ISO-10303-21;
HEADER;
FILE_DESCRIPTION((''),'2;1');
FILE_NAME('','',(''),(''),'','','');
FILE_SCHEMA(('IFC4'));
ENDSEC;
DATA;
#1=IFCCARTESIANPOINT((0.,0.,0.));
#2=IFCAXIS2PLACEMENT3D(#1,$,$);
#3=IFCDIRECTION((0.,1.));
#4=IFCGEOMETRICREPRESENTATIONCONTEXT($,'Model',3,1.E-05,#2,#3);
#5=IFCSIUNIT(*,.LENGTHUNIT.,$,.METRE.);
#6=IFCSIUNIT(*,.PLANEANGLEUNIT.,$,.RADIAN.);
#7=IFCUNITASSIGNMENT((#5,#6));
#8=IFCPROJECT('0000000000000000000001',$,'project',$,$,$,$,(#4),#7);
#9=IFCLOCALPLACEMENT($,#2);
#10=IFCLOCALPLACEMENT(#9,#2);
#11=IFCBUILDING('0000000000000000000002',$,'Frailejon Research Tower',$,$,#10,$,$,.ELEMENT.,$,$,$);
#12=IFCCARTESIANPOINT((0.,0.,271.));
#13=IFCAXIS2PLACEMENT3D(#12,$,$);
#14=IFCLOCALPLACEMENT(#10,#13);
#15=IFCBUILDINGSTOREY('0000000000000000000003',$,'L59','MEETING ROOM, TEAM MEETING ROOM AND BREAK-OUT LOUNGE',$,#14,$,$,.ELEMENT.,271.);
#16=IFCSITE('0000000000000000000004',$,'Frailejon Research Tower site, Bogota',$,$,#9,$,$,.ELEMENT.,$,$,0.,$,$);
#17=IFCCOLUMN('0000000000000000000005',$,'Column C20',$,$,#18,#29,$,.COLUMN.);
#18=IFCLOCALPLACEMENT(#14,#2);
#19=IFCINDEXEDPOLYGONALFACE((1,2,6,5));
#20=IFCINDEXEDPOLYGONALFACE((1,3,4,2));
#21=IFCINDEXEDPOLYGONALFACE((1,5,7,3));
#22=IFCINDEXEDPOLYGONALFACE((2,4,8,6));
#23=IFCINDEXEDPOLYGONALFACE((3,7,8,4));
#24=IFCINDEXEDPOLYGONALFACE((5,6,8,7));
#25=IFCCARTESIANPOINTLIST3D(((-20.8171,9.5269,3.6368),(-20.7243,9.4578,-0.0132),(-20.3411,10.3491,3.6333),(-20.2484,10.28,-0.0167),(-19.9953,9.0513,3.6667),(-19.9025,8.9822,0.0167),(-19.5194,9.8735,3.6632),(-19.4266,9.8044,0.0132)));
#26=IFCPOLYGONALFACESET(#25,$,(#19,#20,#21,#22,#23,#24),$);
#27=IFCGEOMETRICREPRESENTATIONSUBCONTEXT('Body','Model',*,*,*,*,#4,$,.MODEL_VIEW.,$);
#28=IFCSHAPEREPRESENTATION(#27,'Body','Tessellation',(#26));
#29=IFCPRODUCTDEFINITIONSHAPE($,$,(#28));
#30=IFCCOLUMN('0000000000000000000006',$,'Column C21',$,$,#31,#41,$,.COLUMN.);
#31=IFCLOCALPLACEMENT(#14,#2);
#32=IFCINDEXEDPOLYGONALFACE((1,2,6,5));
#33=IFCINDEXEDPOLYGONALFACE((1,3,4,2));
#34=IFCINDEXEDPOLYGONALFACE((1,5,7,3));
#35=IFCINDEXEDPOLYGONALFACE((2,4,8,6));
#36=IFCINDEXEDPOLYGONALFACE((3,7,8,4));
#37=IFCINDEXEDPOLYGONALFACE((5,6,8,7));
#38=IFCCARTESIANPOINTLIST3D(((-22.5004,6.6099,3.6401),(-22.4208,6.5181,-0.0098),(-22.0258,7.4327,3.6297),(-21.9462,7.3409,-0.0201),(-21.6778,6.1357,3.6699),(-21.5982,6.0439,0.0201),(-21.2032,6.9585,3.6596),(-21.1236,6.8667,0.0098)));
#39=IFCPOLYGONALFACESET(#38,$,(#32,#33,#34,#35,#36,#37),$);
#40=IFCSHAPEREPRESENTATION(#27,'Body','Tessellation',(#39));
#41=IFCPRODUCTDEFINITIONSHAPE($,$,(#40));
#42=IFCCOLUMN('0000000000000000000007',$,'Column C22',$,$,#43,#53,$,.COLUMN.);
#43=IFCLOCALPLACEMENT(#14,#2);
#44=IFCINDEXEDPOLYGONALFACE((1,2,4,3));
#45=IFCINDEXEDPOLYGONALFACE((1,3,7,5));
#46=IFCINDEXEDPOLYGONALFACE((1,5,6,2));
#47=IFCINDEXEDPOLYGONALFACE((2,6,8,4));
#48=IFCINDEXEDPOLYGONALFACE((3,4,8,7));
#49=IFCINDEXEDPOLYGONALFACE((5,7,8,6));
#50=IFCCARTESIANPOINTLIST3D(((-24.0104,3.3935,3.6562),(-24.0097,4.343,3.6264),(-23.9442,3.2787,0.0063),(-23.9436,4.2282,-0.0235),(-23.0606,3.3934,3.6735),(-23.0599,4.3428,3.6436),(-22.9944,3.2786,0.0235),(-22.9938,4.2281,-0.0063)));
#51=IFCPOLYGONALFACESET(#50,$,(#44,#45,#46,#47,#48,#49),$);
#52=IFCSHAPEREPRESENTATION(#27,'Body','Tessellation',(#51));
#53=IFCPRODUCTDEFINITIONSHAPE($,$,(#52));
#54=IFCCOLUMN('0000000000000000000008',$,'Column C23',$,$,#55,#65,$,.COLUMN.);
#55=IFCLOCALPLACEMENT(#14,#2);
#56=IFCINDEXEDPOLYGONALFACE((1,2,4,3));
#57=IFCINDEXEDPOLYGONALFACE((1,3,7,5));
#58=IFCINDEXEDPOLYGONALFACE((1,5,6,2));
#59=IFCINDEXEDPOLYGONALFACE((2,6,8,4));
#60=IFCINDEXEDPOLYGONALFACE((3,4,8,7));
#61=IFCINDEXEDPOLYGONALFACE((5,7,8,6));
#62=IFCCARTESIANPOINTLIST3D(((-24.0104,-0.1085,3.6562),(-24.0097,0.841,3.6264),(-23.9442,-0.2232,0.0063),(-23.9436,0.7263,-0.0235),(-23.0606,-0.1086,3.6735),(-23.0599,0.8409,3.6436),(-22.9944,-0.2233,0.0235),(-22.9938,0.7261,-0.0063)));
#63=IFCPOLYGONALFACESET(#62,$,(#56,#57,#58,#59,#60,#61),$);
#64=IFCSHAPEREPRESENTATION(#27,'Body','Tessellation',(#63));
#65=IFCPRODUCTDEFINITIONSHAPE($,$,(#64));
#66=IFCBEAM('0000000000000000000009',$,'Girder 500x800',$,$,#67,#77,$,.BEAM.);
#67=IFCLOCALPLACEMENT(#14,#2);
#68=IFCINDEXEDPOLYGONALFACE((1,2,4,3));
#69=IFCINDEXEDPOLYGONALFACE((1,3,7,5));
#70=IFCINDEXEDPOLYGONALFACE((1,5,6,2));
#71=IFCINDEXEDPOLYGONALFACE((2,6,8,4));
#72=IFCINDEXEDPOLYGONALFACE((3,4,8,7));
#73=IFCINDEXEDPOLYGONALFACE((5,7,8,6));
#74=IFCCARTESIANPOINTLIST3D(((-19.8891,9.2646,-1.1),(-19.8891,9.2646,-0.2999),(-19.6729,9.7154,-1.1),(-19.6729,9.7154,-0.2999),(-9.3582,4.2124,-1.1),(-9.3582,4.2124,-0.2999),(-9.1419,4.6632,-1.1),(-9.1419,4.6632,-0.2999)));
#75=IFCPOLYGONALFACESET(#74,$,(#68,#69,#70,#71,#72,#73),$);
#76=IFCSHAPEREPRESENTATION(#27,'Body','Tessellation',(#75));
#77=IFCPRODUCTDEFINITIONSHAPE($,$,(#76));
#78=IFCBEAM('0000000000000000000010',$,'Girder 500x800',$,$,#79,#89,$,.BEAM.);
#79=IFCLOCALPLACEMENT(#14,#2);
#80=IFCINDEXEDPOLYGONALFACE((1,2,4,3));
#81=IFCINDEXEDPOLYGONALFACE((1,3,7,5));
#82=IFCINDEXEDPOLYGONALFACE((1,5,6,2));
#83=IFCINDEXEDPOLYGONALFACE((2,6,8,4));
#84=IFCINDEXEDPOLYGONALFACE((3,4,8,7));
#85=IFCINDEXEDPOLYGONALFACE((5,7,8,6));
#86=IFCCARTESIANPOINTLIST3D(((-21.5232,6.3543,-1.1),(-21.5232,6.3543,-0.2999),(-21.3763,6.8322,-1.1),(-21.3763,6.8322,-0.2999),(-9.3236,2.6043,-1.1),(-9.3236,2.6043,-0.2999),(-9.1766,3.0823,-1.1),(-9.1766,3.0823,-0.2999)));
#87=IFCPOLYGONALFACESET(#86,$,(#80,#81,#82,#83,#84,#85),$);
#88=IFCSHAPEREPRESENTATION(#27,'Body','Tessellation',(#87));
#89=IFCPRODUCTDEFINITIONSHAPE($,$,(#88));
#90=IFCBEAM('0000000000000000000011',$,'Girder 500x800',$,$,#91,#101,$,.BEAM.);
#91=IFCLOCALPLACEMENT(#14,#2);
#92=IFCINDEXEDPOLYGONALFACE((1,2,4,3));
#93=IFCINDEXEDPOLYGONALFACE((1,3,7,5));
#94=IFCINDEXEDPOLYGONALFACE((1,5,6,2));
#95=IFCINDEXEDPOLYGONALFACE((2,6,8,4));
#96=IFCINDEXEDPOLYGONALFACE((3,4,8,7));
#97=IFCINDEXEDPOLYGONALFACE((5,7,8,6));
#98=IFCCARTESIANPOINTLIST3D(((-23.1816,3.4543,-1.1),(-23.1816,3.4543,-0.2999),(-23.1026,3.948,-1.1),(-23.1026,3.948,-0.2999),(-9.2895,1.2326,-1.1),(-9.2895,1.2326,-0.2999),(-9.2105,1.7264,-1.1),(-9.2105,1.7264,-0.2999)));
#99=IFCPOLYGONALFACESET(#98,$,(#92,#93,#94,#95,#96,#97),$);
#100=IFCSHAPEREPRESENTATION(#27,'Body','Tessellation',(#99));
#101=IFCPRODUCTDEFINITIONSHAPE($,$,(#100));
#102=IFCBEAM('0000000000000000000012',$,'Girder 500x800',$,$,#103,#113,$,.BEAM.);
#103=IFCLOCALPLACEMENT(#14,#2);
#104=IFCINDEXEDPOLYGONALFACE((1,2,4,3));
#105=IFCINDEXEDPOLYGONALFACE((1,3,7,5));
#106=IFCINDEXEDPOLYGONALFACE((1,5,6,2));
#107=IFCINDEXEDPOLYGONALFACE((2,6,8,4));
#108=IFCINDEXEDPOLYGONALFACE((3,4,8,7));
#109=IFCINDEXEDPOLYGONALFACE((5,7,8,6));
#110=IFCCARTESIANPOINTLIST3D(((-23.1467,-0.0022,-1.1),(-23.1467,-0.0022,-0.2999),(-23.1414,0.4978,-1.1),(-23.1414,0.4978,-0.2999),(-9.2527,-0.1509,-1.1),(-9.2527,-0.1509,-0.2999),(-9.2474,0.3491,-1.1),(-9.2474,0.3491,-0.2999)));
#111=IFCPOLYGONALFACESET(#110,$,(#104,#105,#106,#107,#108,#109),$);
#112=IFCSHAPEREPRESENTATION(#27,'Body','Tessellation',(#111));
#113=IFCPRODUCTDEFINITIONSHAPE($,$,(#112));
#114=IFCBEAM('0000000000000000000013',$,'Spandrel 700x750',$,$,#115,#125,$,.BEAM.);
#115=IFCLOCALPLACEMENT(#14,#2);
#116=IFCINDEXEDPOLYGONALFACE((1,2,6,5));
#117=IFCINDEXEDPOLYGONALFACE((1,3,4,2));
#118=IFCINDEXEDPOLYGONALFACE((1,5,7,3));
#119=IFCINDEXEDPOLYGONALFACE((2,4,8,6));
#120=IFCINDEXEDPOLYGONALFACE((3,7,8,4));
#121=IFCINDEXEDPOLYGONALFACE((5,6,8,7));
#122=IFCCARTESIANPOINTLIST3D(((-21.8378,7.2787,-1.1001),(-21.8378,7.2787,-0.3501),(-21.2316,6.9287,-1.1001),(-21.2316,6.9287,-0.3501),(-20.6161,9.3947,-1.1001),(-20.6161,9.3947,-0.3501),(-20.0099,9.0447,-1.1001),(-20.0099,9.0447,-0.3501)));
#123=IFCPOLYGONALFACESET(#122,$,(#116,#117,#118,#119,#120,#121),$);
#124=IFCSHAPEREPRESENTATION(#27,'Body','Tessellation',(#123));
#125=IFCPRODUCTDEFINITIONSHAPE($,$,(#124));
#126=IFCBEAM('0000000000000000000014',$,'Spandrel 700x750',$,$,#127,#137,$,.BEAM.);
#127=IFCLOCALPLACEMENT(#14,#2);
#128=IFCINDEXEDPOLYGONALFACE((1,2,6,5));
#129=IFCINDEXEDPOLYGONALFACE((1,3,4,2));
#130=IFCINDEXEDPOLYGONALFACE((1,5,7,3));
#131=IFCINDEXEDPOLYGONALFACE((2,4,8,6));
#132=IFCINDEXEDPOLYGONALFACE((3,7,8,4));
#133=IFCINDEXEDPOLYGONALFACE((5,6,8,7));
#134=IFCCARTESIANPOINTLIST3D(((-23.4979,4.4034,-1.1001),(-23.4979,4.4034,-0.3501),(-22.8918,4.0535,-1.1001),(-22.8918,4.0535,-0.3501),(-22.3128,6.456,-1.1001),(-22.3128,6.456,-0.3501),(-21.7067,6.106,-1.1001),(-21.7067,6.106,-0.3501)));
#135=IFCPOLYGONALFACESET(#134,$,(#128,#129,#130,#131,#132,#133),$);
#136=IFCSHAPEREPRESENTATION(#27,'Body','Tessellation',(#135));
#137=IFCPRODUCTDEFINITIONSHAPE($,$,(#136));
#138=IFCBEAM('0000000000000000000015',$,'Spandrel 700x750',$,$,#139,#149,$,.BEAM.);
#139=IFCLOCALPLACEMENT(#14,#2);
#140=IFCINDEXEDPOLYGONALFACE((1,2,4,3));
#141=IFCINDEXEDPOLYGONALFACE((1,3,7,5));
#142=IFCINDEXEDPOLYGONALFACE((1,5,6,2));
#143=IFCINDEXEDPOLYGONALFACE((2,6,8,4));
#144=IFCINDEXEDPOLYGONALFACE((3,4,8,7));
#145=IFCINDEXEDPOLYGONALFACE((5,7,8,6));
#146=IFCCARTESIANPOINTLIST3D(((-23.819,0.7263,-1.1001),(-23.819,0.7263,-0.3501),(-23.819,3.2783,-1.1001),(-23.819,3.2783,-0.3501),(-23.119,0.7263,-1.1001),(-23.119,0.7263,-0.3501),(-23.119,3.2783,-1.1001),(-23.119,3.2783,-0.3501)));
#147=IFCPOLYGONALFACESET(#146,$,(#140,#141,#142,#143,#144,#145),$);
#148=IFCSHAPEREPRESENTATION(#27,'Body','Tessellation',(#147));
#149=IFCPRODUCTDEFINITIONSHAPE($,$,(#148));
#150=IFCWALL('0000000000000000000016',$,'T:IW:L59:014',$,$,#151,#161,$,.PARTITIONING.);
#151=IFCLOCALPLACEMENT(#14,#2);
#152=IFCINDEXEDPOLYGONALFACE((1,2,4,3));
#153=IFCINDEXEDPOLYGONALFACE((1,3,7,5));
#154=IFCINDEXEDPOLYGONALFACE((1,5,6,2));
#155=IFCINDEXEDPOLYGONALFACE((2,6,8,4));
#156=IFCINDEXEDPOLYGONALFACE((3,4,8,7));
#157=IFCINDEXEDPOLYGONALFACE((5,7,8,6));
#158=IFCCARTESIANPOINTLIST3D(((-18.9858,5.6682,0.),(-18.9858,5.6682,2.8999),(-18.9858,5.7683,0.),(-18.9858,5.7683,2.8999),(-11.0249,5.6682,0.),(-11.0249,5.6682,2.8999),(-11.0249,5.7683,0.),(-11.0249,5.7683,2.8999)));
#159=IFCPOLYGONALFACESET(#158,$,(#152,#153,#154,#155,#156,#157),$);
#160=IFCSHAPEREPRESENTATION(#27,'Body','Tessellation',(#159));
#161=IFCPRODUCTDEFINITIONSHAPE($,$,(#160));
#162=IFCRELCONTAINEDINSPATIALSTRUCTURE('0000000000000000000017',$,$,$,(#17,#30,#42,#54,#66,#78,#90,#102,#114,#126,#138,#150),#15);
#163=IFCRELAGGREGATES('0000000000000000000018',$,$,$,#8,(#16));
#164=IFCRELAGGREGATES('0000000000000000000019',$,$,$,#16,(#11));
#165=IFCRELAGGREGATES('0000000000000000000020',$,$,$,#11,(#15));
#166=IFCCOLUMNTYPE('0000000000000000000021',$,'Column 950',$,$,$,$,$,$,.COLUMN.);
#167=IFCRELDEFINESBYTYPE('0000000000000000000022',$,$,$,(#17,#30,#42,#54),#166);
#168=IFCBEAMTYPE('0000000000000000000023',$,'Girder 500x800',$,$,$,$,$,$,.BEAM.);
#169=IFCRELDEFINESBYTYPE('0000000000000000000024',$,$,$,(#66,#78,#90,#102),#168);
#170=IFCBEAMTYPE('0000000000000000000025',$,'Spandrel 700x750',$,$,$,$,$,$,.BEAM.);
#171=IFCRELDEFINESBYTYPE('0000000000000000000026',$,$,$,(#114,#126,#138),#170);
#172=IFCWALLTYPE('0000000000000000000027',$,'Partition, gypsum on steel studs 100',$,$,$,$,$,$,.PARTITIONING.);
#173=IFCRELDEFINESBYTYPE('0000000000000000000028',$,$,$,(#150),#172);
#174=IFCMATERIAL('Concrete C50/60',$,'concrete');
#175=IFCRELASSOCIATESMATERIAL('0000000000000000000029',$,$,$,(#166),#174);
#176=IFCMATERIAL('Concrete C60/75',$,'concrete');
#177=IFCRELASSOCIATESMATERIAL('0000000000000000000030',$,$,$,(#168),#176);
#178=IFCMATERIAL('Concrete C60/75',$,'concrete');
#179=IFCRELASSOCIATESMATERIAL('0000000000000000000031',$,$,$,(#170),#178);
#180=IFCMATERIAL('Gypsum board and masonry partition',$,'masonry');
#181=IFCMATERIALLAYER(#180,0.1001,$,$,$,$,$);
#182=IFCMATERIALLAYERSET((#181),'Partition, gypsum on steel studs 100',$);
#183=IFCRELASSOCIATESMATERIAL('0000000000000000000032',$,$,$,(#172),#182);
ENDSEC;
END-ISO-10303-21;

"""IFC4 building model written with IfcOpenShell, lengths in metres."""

from ifc_helpers import new_model, si_unit, direction, frame, frame_2d, origin, origin_2d, place, context, subcontext, project, spatial, rectangle, extrude, material, layer, layer_set, material_profile, profile_set, type_object, element, save


model = new_model("IFC4")

# Units and contexts
model_context = context("Model", 3, precision=1e-05, world=origin(), true_north=direction((0.0, 1.0)))
body_context = subcontext(model_context, "Body", "Model", "MODEL_VIEW")
ifc_project = project(units=[si_unit("LENGTHUNIT", "METRE"), si_unit("PLANEANGLEUNIT", "RADIAN")], contexts=[model_context])

# Site, building, storey
site_placement = place(None, origin())
site = spatial("IfcSite", under=ifc_project, at=site_placement, Name="Frailejon Research Tower site, Bogota", CompositionType="ELEMENT", RefElevation=0.0)
building_placement = place(site_placement, origin())
building = spatial("IfcBuilding", under=site, at=building_placement, Name="Frailejon Research Tower", CompositionType="ELEMENT")
storey_placement = place(building_placement, frame((0.0, 0.0, 271.0)))
storey = spatial("IfcBuildingStorey", under=building, at=storey_placement, Name="L59", Description="MEETING ROOM, TEAM MEETING ROOM AND BREAK-OUT LOUNGE", CompositionType="ELEMENT", Elevation=271.0)

# Columns
ifc_material_1 = material(Name="Concrete C50/60", Category="concrete")
ifc_material_profile_1 = material_profile(ifc_material_1, rectangle(XDim=0.95, YDim=0.95, at=origin_2d()), Name="Column 950")
ifc_profile_set_1 = profile_set([ifc_material_profile_1], Name="Concrete C50/60")
column_type = type_object("IfcColumnType", Name="Column 950", PredefinedType="COLUMN", material=ifc_profile_set_1)
for number, where, z_axis, x_axis, name in (
    (1, (-20.0754, 9.6311, 0.0), (-0.025405, 0.01892, 0.999498), (-0.501003, -0.865438, 0.003648), "Column C20"),
    (2, (-21.7722, 6.6924, 0.0), (-0.021794, 0.025137, 0.999446), (-0.499665, -0.86615, 0.010888), "Column C21"),
):
    element("IfcColumn", number, at=place(storey_placement, frame(where, z_axis=z_axis, x_axis=x_axis)), inside=storey, type_object=column_type, Name=name, PredefinedType="COLUMN", context=body_context, shape_type="SweptSolid", body=[
        extrude(rectangle(XDim=0.95, YDim=0.95, at=origin_2d()), origin(), (0.0, 0.0, 1.0), 3.6519),
    ])
for number, where, z_axis, x_axis, name in (
    (3, (-23.469, 3.7534, 0.0), (-0.018115, 0.031417, 0.999342), (-0.000701, -0.999506, 0.03141), "Column C22"),
    (4, (-23.469, 0.2515, 0.0), (-0.018115, 0.031417, 0.999342), (-0.000701, -0.999506, 0.03141), "Column C23"),
):
    element("IfcColumn", number, at=place(storey_placement, frame(where, z_axis=z_axis, x_axis=x_axis)), inside=storey, type_object=column_type, Name=name, PredefinedType="COLUMN", context=body_context, shape_type="SweptSolid", body=[
        extrude(rectangle(XDim=0.95, YDim=0.95, at=origin_2d()), origin(), (0.0, 0.0, 1.0), 3.6523),
    ])

# Beams
ifc_material_2 = material(Name="Concrete C60/75", Category="concrete")
ifc_material_profile_2 = material_profile(ifc_material_2, rectangle(XDim=0.5, YDim=0.8, at=origin_2d()), Name="Girder 500x800")
ifc_profile_set_2 = profile_set([ifc_material_profile_2], Name="Concrete C60/75")
beam_type_1 = type_object("IfcBeamType", Name="Girder 500x800", PredefinedType="BEAM", material=ifc_profile_set_2)
beam_1_placement = place(storey_placement, frame((-19.781, 9.49, -0.7), z_axis=(0.901611, -0.432548, 0.0), x_axis=(0.432548, 0.901611, 0.0)))
element("IfcBeam", 5, at=beam_1_placement, inside=storey, type_object=beam_type_1, Name="Girder 500x800", PredefinedType="BEAM", context=body_context, shape_type="SweptSolid", body=[
    extrude(rectangle(XDim=0.5, YDim=0.8, at=origin_2d()), origin(), (0.0, 0.0, 1.0), 11.6802),
])
beam_2_placement = place(storey_placement, frame((-21.4497, 6.5933, -0.7), z_axis=(0.955862, -0.293817, 0.0), x_axis=(0.293817, 0.955862, 0.0)))
element("IfcBeam", 6, at=beam_2_placement, inside=storey, type_object=beam_type_1, Name="Girder 500x800", PredefinedType="BEAM", context=body_context, shape_type="SweptSolid", body=[
    extrude(rectangle(XDim=0.5, YDim=0.8, at=origin_2d()), origin(), (0.0, 0.0, 1.0), 12.7629),
])
beam_3_placement = place(storey_placement, frame((-23.1421, 3.7012, -0.7), z_axis=(0.987452, -0.157917, 0.0), x_axis=(0.157917, 0.987452, 0.0)))
element("IfcBeam", 7, at=beam_3_placement, inside=storey, type_object=beam_type_1, Name="Girder 500x800", PredefinedType="BEAM", context=body_context, shape_type="SweptSolid", body=[
    extrude(rectangle(XDim=0.5, YDim=0.8, at=origin_2d()), origin(), (0.0, 0.0, 1.0), 14.0686),
])
beam_4_placement = place(storey_placement, frame((-23.144, 0.2478, -0.7), z_axis=(0.999943, -0.0107, 0.0), x_axis=(0.0107, 0.999943, 0.0)))
element("IfcBeam", 8, at=beam_4_placement, inside=storey, type_object=beam_type_1, Name="Girder 500x800", PredefinedType="BEAM", context=body_context, shape_type="SweptSolid", body=[
    extrude(rectangle(XDim=0.5, YDim=0.8, at=origin_2d()), origin(), (0.0, 0.0, 1.0), 13.8948),
])
ifc_material_3 = material(Name="Concrete C60/75", Category="concrete")
ifc_material_profile_3 = material_profile(ifc_material_3, rectangle(XDim=0.7, YDim=0.75, at=origin_2d()), Name="Spandrel 700x750")
ifc_profile_set_3 = profile_set([ifc_material_profile_3], Name="Concrete C60/75")
beam_type_2 = type_object("IfcBeamType", Name="Spandrel 700x750", PredefinedType="BEAM", material=ifc_profile_set_3)
beam_5_placement = place(storey_placement, frame((-20.313, 9.2197, -0.7251), z_axis=(-0.500008, -0.866021, 0.0), x_axis=(0.866021, -0.500008, 0.0)))
element("IfcBeam", 9, at=beam_5_placement, inside=storey, type_object=beam_type_2, Name="Spandrel 700x750", PredefinedType="BEAM", context=body_context, shape_type="SweptSolid", body=[
    extrude(rectangle(XDim=0.7, YDim=0.75, at=origin_2d()), origin(), (0.0, 0.0, 1.0), 2.4434),
])
beam_6_placement = place(storey_placement, frame((-22.0098, 6.281, -0.7251), z_axis=(-0.500017, -0.866016, 0.0), x_axis=(0.866016, -0.500017, 0.0)))
element("IfcBeam", 10, at=beam_6_placement, inside=storey, type_object=beam_type_2, Name="Spandrel 700x750", PredefinedType="BEAM", context=body_context, shape_type="SweptSolid", body=[
    extrude(rectangle(XDim=0.7, YDim=0.75, at=origin_2d()), origin(), (0.0, 0.0, 1.0), 2.3701),
])
beam_7_placement = place(storey_placement, frame((-23.469, 3.2783, -0.7251), z_axis=(0.0, -1.0, 0.0), x_axis=(1.0, 0.0, 0.0)))
element("IfcBeam", 11, at=beam_7_placement, inside=storey, type_object=beam_type_2, Name="Spandrel 700x750", PredefinedType="BEAM", context=body_context, shape_type="SweptSolid", body=[
    extrude(rectangle(XDim=0.7, YDim=0.75, at=origin_2d()), origin(), (0.0, 0.0, 1.0), 2.552),
])

# Wall
ifc_material_4 = material(Name="Gypsum board and masonry partition", Category="masonry")
ifc_layer_1 = layer(ifc_material_4, 0.1001)
ifc_layer_set_1 = layer_set([ifc_layer_1], Name="Partition, gypsum on steel studs 100")
wall_type_1 = type_object("IfcWallType", Name="Partition, gypsum on steel studs 100", PredefinedType="PARTITIONING", material=ifc_layer_set_1)
wall_1_placement = place(storey_placement, frame((-18.9858, 5.7183, 0.0), z_axis=(0.0, 0.0, 1.0), x_axis=(1.0, 0.0, 0.0)))
element("IfcWall", 12, at=wall_1_placement, inside=storey, type_object=wall_type_1, Name="T:IW:L59:014", PredefinedType="PARTITIONING", context=body_context, shape_type="SweptSolid", body=[
    extrude(rectangle(XDim=7.9609, YDim=0.1001, at=frame_2d((3.9805, 0.0))), origin(), (0.0, 0.0, 1.0), 2.8999),
])

save(model, "model.ifc")
